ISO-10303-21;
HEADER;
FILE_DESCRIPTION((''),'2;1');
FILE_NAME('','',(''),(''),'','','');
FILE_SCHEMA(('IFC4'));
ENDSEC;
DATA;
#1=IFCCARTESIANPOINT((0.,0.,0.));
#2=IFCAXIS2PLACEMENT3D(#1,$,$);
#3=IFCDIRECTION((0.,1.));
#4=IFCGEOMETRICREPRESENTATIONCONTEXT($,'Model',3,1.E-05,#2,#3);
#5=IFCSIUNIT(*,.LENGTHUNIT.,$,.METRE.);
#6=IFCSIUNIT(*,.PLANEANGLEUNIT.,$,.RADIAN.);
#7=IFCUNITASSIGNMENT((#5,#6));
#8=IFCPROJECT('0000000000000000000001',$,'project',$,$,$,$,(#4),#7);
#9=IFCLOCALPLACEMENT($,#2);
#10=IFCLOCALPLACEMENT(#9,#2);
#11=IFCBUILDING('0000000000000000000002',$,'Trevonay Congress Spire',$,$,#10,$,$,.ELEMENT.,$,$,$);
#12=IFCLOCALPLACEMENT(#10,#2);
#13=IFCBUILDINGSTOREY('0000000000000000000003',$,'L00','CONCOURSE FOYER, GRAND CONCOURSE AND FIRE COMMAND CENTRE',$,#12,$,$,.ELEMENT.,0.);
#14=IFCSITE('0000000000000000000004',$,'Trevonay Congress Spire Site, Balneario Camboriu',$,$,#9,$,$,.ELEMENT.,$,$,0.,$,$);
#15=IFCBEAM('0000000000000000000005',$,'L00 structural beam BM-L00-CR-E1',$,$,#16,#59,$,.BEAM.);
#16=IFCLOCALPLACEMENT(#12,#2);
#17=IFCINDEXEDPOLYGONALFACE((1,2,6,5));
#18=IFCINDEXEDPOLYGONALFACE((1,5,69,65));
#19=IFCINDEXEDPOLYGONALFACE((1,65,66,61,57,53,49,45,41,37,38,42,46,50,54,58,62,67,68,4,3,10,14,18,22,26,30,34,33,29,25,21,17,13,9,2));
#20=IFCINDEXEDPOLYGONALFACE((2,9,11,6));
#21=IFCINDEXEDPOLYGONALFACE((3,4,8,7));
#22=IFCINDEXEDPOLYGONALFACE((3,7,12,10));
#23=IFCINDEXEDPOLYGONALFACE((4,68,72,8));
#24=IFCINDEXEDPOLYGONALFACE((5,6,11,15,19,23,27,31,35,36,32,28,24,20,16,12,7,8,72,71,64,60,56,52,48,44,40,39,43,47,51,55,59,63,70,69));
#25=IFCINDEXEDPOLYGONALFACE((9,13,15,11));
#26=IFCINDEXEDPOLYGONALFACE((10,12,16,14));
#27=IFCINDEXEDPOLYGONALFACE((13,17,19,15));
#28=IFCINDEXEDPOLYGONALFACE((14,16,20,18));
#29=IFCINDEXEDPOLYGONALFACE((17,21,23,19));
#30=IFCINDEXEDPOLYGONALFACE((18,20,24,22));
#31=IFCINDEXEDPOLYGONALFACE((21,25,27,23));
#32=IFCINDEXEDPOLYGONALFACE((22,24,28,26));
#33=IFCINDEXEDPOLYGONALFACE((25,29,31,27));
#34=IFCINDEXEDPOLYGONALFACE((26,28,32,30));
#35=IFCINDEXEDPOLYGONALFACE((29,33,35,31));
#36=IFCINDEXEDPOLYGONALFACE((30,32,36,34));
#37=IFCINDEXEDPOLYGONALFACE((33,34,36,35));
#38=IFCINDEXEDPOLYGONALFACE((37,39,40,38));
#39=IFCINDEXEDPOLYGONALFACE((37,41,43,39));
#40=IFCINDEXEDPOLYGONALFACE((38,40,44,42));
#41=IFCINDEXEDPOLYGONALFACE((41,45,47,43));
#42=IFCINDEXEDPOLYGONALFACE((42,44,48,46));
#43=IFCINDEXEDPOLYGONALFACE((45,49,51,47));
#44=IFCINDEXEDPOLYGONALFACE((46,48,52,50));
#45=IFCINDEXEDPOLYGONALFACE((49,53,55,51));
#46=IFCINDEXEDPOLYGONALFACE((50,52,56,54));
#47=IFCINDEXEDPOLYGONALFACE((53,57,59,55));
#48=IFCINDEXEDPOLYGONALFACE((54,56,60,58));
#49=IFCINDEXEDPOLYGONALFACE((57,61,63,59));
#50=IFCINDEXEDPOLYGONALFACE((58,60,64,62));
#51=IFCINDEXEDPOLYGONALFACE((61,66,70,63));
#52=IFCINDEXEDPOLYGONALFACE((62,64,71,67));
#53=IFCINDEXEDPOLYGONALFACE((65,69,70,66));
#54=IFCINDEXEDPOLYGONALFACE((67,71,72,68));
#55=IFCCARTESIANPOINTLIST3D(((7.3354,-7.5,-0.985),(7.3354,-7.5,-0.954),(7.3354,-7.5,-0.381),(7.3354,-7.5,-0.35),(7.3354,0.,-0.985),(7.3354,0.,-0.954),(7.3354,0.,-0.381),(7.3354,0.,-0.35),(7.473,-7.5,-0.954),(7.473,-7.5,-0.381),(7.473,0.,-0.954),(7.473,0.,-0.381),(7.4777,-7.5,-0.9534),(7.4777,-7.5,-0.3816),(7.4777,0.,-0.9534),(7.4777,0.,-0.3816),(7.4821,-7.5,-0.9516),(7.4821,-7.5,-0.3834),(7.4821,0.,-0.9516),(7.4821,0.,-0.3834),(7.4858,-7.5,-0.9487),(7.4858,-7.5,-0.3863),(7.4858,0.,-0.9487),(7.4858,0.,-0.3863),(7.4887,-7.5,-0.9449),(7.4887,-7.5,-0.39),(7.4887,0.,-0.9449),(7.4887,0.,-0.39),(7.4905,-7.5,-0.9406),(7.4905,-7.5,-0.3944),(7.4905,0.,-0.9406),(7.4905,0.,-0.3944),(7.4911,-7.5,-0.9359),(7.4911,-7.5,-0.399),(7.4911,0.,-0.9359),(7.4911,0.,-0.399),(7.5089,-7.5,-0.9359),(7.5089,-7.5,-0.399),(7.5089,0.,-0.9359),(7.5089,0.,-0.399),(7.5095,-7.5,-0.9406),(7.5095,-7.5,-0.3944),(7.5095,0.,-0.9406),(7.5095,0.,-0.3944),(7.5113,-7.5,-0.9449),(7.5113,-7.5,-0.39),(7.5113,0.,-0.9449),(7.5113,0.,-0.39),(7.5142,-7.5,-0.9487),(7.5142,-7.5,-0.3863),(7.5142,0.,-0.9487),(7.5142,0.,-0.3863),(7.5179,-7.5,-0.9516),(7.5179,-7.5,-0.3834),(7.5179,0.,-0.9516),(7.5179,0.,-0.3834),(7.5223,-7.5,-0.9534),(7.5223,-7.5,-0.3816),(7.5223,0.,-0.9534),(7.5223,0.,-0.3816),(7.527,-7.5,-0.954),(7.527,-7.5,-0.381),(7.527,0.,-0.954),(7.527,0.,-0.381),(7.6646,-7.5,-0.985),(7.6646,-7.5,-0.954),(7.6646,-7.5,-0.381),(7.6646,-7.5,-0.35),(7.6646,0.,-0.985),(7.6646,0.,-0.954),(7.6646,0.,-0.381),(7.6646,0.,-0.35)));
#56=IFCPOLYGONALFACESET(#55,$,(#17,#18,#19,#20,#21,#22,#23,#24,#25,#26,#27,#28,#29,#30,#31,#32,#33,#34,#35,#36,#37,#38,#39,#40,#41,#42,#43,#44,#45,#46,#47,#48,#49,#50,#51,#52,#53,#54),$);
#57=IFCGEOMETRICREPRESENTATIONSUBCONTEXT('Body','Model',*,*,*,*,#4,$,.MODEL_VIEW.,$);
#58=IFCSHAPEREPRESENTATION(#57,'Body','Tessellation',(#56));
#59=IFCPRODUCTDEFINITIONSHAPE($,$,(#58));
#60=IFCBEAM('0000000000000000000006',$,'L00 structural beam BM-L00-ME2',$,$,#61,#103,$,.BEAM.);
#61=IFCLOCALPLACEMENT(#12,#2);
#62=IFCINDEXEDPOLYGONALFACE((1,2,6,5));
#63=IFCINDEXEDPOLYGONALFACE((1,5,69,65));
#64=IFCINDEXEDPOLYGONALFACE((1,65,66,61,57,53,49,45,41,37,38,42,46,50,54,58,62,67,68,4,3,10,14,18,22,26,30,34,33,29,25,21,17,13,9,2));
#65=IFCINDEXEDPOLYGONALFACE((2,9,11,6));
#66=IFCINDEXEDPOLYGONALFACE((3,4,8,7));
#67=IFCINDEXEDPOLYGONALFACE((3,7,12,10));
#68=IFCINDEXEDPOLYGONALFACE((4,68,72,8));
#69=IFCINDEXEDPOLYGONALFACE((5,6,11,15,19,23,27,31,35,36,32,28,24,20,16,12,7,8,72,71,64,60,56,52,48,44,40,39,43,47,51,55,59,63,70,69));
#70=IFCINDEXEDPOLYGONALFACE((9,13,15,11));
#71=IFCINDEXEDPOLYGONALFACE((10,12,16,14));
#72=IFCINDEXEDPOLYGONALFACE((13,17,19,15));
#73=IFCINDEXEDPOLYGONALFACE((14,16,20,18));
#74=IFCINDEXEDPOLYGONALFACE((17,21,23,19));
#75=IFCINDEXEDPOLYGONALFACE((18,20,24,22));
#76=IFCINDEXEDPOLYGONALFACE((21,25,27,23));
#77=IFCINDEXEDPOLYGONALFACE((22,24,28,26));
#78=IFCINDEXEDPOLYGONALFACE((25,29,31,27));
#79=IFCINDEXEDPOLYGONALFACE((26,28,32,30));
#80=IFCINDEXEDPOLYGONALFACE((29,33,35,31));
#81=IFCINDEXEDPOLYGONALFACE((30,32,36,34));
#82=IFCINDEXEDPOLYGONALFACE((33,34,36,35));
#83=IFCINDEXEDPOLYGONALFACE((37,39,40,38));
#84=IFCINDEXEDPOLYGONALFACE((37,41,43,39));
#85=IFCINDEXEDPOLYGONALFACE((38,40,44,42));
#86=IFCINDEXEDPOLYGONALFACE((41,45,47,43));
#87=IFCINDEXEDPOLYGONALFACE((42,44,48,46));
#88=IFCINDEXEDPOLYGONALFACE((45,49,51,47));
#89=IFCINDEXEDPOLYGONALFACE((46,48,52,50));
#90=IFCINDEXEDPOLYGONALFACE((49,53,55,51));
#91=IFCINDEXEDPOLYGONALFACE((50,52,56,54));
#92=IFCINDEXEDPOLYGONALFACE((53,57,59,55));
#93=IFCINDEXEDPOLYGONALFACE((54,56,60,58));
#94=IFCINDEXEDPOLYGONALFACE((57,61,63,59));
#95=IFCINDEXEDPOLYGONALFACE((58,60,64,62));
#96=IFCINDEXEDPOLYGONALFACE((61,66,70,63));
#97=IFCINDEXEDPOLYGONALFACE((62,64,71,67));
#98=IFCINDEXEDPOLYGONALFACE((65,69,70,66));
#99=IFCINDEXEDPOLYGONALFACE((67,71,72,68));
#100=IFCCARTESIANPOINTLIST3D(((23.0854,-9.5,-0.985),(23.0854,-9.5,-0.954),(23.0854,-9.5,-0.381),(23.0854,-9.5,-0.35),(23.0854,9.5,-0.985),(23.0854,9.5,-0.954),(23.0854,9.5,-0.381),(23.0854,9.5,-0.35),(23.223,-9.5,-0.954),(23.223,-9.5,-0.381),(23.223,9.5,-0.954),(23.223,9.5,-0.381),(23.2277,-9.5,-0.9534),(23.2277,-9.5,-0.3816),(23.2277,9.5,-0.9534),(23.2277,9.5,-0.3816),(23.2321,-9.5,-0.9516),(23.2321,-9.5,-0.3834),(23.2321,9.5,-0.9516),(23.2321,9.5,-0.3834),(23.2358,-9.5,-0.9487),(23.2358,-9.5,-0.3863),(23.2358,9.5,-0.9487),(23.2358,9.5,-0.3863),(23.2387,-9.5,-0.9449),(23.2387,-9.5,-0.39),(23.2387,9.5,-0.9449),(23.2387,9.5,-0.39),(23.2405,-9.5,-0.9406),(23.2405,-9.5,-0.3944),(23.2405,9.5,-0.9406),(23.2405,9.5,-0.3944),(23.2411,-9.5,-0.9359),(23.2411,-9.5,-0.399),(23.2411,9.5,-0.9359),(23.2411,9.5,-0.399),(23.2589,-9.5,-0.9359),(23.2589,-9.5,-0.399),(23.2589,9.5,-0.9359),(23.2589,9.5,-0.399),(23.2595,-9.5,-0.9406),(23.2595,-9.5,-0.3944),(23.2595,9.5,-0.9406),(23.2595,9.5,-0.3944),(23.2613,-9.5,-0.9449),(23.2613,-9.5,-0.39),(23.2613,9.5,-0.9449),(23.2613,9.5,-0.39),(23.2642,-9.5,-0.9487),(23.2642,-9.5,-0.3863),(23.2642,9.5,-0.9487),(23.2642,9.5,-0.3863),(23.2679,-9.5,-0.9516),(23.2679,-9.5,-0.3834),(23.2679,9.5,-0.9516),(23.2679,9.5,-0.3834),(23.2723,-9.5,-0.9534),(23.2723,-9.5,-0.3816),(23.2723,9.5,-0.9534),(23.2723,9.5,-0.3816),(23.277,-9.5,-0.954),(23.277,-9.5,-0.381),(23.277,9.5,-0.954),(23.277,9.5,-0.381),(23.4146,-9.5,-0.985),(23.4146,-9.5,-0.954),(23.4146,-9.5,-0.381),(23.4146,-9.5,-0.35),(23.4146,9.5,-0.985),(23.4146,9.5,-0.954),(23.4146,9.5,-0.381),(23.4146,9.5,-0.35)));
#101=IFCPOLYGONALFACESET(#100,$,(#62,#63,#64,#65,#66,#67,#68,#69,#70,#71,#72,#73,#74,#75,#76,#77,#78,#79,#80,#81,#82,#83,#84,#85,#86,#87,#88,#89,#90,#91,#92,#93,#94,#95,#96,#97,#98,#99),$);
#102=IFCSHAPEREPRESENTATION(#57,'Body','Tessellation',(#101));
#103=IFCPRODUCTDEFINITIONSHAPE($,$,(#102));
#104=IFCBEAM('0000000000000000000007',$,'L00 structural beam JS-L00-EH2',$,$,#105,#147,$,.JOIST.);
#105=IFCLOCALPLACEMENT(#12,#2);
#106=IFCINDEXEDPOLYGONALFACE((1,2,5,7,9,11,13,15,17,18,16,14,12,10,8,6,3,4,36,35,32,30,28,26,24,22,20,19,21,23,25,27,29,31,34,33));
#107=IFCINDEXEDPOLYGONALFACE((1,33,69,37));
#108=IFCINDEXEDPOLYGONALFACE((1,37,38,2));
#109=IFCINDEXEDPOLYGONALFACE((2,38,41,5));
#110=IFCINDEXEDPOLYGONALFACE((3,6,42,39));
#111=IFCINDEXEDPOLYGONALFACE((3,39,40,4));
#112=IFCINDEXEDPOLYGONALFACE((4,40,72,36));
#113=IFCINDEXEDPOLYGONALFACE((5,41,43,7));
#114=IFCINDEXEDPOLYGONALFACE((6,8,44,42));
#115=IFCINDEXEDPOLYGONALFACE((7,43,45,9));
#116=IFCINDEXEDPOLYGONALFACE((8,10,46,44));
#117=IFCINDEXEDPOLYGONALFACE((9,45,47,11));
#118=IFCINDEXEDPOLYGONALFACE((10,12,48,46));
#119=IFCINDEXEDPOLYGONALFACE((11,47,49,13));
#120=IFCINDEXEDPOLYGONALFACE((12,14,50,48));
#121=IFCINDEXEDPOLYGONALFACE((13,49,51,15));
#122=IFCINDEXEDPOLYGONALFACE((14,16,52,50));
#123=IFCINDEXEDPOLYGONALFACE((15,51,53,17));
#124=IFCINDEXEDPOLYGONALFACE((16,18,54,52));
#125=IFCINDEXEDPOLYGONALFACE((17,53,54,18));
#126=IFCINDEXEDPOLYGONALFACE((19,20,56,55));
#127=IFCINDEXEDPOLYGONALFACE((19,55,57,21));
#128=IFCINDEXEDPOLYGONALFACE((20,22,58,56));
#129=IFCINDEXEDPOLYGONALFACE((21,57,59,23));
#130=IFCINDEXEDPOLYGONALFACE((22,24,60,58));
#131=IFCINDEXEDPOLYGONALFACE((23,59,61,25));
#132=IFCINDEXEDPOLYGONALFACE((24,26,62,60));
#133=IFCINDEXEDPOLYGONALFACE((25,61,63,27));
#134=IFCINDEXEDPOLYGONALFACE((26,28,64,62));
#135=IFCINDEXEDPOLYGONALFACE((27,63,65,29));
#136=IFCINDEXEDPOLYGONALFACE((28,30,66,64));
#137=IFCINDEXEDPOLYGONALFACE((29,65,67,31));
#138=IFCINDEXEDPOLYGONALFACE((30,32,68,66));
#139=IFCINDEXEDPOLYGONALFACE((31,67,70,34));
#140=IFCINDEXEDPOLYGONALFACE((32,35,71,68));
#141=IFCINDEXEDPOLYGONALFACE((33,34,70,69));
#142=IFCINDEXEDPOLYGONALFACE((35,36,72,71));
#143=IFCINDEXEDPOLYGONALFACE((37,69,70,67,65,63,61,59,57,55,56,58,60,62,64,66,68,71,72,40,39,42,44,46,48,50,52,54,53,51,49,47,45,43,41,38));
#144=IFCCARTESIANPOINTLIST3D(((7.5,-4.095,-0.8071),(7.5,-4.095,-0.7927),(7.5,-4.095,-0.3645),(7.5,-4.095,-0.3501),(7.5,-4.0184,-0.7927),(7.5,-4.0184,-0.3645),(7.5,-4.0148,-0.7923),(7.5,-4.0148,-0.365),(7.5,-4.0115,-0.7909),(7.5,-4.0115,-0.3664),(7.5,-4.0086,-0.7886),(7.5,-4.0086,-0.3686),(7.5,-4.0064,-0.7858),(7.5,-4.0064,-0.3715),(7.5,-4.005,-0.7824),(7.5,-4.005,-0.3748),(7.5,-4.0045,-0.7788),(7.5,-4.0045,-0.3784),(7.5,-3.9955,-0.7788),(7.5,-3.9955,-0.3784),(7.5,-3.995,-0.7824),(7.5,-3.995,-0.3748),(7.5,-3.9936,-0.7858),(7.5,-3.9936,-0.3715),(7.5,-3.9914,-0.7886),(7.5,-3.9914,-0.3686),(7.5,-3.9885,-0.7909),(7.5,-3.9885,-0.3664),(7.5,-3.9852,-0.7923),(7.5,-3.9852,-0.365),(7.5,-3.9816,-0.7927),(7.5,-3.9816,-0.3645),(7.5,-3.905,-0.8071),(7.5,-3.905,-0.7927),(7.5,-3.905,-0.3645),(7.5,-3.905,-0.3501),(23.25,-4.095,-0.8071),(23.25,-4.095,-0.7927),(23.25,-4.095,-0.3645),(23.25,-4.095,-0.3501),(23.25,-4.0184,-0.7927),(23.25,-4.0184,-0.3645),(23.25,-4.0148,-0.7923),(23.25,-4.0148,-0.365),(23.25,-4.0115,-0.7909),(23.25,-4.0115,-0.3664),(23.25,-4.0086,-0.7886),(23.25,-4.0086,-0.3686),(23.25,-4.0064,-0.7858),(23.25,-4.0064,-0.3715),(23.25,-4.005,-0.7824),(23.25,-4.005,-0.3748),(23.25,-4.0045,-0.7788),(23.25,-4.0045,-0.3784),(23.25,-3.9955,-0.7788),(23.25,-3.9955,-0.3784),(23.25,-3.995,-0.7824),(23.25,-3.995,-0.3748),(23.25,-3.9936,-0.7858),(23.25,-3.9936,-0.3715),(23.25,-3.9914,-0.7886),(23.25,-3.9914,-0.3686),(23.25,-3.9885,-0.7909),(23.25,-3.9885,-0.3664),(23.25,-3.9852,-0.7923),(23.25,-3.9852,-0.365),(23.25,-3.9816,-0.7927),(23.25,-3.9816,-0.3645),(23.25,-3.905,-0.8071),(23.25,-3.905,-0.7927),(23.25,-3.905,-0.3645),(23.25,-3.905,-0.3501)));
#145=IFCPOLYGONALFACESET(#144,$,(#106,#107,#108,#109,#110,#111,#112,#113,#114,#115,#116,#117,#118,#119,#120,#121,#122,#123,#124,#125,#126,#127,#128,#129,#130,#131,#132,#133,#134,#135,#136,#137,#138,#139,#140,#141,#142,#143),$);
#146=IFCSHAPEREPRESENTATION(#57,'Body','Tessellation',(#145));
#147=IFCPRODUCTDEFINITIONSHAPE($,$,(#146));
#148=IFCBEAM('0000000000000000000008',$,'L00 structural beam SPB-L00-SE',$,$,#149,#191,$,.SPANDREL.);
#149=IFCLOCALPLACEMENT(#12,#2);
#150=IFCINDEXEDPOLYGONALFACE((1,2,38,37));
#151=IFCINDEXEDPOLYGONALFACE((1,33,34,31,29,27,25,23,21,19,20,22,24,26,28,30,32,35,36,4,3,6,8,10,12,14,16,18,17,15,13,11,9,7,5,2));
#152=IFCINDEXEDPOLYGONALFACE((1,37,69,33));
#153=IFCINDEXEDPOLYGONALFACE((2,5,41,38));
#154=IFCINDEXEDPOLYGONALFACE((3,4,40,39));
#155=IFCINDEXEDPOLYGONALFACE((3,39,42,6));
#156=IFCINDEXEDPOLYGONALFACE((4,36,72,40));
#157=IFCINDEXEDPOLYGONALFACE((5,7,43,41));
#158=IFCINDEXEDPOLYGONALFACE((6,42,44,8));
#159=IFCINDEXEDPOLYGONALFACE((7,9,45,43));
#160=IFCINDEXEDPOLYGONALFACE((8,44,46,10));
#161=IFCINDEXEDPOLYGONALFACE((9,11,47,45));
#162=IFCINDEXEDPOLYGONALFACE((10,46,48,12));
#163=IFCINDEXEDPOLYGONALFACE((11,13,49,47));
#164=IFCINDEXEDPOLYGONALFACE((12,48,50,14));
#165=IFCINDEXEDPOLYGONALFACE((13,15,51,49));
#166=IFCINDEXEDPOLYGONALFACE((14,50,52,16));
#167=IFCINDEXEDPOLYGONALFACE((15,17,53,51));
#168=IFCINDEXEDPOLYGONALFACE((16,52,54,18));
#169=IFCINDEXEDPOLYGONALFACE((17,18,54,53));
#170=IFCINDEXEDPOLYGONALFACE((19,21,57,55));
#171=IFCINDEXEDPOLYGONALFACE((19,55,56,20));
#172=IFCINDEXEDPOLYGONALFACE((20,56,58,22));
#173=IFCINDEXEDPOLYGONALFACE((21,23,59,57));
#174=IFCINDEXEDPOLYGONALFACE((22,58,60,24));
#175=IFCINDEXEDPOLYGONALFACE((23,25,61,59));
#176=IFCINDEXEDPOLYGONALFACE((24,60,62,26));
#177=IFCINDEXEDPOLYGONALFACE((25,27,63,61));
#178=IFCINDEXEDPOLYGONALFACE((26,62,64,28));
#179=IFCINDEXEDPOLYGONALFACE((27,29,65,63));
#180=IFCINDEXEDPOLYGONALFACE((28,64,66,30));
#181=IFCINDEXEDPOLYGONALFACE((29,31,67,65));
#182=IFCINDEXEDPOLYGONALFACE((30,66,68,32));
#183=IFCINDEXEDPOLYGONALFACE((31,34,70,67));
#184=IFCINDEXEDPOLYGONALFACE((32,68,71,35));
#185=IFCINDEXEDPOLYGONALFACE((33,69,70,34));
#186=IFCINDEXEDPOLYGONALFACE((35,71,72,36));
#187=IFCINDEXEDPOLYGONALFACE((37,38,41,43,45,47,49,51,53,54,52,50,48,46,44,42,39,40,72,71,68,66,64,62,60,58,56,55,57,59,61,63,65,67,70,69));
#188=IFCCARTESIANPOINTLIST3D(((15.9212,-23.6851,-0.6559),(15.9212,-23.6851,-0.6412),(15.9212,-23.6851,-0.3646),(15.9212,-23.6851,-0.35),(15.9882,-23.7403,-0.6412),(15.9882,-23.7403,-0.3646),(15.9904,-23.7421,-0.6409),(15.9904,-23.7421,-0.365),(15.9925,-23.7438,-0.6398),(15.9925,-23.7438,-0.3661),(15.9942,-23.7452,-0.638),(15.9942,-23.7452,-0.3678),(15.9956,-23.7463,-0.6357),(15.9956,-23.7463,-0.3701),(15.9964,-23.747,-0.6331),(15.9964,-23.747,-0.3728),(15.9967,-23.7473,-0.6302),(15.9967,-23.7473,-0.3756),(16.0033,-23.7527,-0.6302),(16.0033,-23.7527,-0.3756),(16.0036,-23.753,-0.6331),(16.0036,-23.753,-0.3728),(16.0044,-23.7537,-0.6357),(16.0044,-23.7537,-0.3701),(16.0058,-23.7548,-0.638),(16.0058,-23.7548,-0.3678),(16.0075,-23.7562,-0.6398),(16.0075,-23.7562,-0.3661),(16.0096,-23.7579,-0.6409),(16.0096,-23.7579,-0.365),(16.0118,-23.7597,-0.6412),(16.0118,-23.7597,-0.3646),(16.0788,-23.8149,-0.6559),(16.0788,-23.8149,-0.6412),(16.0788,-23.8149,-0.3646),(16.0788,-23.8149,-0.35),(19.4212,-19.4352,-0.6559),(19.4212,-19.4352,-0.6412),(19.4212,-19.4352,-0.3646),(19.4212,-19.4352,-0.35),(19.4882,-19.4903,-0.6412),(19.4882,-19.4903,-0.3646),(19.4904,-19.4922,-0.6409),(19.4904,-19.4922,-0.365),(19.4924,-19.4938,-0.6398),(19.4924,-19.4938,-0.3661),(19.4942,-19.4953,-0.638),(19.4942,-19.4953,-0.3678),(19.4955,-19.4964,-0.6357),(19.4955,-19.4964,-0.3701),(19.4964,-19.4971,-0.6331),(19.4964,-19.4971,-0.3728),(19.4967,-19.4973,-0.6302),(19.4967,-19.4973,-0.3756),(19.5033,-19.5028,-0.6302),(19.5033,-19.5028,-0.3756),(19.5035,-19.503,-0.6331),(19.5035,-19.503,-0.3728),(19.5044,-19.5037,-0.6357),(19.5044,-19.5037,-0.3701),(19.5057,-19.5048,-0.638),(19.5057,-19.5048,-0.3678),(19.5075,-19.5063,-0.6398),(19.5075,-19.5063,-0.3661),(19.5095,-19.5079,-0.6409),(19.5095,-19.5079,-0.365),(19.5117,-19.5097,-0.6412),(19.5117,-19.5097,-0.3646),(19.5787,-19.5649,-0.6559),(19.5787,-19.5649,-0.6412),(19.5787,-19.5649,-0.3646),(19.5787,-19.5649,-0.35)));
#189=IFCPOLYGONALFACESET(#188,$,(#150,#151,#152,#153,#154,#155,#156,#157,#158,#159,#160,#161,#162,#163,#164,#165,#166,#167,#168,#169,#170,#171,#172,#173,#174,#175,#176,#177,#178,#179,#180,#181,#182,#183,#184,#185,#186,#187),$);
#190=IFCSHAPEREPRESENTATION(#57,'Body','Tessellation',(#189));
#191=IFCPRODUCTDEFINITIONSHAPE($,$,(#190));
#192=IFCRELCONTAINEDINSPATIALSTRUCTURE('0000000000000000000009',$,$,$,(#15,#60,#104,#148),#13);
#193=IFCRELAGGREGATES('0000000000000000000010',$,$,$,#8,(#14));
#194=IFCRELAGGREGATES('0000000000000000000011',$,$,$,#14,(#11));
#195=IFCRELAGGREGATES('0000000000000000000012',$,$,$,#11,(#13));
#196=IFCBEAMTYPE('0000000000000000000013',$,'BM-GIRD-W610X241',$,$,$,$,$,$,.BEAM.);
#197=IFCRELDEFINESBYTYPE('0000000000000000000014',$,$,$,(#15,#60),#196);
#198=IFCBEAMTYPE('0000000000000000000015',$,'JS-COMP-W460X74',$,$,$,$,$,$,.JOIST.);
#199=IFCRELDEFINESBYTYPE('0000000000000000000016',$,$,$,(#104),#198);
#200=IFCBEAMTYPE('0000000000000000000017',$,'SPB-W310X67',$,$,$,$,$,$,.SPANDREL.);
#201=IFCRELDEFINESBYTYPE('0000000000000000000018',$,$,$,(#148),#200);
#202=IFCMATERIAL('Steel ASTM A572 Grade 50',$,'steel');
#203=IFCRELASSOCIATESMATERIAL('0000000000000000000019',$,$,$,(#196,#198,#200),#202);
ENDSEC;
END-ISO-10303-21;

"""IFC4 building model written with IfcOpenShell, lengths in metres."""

from ifc_helpers import new_model, si_unit, direction, frame, origin, origin_2d, place, context, subcontext, project, spatial, i_section, extrude, material, material_profile, profile_set, type_object, element, save


model = new_model("IFC4")

# Units and contexts
model_context = context("Model", 3, precision=1e-05, world=origin(), true_north=direction((0.0, 1.0)))
body_context = subcontext(model_context, "Body", "Model", "MODEL_VIEW")
ifc_project = project(units=[si_unit("LENGTHUNIT", "METRE"), si_unit("PLANEANGLEUNIT", "RADIAN")], contexts=[model_context])

# Site, building, storey
site_placement = place(None, origin())
site = spatial("IfcSite", under=ifc_project, at=site_placement, Name="Trevonay Congress Spire Site, Balneario Camboriu", CompositionType="ELEMENT", RefElevation=0.0)
building_placement = place(site_placement, origin())
building = spatial("IfcBuilding", under=site, at=building_placement, Name="Trevonay Congress Spire", CompositionType="ELEMENT")
storey_placement = place(building_placement, origin())
storey = spatial("IfcBuildingStorey", under=building, at=storey_placement, Name="L00", Description="CONCOURSE FOYER, GRAND CONCOURSE AND FIRE COMMAND CENTRE", CompositionType="ELEMENT", Elevation=0.0)

# Shared definitions
ifc_material_1 = material(Name="Steel ASTM A572 Grade 50", Category="steel")

# Beams
ifc_material_profile_1 = material_profile(ifc_material_1, i_section(OverallWidth=0.3291, OverallDepth=0.635, WebThickness=0.0178, FlangeThickness=0.031, FilletRadius=0.0181, at=origin_2d()), Name="W610x241")
ifc_profile_set_1 = profile_set([ifc_material_profile_1], Name="Steel ASTM A572 Grade 50")
beam_type_1 = type_object("IfcBeamType", Name="BM-GIRD-W610X241", PredefinedType="BEAM", material=ifc_profile_set_1)
beam_1_placement = place(storey_placement, frame((7.5, -7.5, -0.6675), z_axis=(0.0, 1.0, 0.0), x_axis=(-1.0, 0.0, 0.0)))
element("IfcBeam", 1, at=beam_1_placement, inside=storey, type_object=beam_type_1, Name="L00 structural beam BM-L00-CR-E1", PredefinedType="BEAM", context=body_context, shape_type="SweptSolid", body=[
    extrude(i_section(OverallWidth=0.3291, OverallDepth=0.635, WebThickness=0.0178, FlangeThickness=0.031, FilletRadius=0.0181, at=origin_2d()), origin(), (0.0, 0.0, 1.0), 7.5),
])
beam_2_placement = place(storey_placement, frame((23.25, -9.5, -0.6675), z_axis=(0.0, 1.0, 0.0), x_axis=(-1.0, 0.0, 0.0)))
element("IfcBeam", 2, at=beam_2_placement, inside=storey, type_object=beam_type_1, Name="L00 structural beam BM-L00-ME2", PredefinedType="BEAM", context=body_context, shape_type="SweptSolid", body=[
    extrude(i_section(OverallWidth=0.3291, OverallDepth=0.635, WebThickness=0.0178, FlangeThickness=0.031, FilletRadius=0.0181, at=origin_2d()), origin(), (0.0, 0.0, 1.0), 19.0),
])
ifc_material_profile_2 = material_profile(ifc_material_1, i_section(OverallWidth=0.1899, OverallDepth=0.457, WebThickness=0.009, FlangeThickness=0.0144, FilletRadius=0.0139, at=origin_2d()), Name="W460x74")
ifc_profile_set_2 = profile_set([ifc_material_profile_2], Name="Steel ASTM A572 Grade 50")
beam_type_2 = type_object("IfcBeamType", Name="JS-COMP-W460X74", PredefinedType="JOIST", material=ifc_profile_set_2)
beam_3_placement = place(storey_placement, frame((7.5, -4.0, -0.5786), z_axis=(1.0, 0.0, 0.0), x_axis=(0.0, 1.0, 0.0)))
element("IfcBeam", 3, at=beam_3_placement, inside=storey, type_object=beam_type_2, Name="L00 structural beam JS-L00-EH2", PredefinedType="JOIST", context=body_context, shape_type="SweptSolid", body=[
    extrude(i_section(OverallWidth=0.1899, OverallDepth=0.457, WebThickness=0.009, FlangeThickness=0.0144, FilletRadius=0.0139, at=origin_2d()), origin(), (0.0, 0.0, 1.0), 15.75),
])
ifc_material_profile_3 = material_profile(ifc_material_1, i_section(OverallWidth=0.2041, OverallDepth=0.3059, WebThickness=0.0085, FlangeThickness=0.0146, FilletRadius=0.011, at=origin_2d()), Name="W310x67")
ifc_profile_set_3 = profile_set([ifc_material_profile_3], Name="Steel ASTM A572 Grade 50")
beam_type_3 = type_object("IfcBeamType", Name="SPB-W310X67", PredefinedType="SPANDREL", material=ifc_profile_set_3)
beam_4_placement = place(storey_placement, frame((16.0, -23.75, -0.5029), z_axis=(0.635707, 0.77193, 0.0), x_axis=(-0.77193, 0.635707, 0.0)))
element("IfcBeam", 4, at=beam_4_placement, inside=storey, type_object=beam_type_3, Name="L00 structural beam SPB-L00-SE", PredefinedType="SPANDREL", context=body_context, shape_type="SweptSolid", body=[
    extrude(i_section(OverallWidth=0.2041, OverallDepth=0.3059, WebThickness=0.0085, FlangeThickness=0.0146, FilletRadius=0.011, at=origin_2d()), origin(), (0.0, 0.0, 1.0), 5.5056),
])

save(model, "model.ifc")
